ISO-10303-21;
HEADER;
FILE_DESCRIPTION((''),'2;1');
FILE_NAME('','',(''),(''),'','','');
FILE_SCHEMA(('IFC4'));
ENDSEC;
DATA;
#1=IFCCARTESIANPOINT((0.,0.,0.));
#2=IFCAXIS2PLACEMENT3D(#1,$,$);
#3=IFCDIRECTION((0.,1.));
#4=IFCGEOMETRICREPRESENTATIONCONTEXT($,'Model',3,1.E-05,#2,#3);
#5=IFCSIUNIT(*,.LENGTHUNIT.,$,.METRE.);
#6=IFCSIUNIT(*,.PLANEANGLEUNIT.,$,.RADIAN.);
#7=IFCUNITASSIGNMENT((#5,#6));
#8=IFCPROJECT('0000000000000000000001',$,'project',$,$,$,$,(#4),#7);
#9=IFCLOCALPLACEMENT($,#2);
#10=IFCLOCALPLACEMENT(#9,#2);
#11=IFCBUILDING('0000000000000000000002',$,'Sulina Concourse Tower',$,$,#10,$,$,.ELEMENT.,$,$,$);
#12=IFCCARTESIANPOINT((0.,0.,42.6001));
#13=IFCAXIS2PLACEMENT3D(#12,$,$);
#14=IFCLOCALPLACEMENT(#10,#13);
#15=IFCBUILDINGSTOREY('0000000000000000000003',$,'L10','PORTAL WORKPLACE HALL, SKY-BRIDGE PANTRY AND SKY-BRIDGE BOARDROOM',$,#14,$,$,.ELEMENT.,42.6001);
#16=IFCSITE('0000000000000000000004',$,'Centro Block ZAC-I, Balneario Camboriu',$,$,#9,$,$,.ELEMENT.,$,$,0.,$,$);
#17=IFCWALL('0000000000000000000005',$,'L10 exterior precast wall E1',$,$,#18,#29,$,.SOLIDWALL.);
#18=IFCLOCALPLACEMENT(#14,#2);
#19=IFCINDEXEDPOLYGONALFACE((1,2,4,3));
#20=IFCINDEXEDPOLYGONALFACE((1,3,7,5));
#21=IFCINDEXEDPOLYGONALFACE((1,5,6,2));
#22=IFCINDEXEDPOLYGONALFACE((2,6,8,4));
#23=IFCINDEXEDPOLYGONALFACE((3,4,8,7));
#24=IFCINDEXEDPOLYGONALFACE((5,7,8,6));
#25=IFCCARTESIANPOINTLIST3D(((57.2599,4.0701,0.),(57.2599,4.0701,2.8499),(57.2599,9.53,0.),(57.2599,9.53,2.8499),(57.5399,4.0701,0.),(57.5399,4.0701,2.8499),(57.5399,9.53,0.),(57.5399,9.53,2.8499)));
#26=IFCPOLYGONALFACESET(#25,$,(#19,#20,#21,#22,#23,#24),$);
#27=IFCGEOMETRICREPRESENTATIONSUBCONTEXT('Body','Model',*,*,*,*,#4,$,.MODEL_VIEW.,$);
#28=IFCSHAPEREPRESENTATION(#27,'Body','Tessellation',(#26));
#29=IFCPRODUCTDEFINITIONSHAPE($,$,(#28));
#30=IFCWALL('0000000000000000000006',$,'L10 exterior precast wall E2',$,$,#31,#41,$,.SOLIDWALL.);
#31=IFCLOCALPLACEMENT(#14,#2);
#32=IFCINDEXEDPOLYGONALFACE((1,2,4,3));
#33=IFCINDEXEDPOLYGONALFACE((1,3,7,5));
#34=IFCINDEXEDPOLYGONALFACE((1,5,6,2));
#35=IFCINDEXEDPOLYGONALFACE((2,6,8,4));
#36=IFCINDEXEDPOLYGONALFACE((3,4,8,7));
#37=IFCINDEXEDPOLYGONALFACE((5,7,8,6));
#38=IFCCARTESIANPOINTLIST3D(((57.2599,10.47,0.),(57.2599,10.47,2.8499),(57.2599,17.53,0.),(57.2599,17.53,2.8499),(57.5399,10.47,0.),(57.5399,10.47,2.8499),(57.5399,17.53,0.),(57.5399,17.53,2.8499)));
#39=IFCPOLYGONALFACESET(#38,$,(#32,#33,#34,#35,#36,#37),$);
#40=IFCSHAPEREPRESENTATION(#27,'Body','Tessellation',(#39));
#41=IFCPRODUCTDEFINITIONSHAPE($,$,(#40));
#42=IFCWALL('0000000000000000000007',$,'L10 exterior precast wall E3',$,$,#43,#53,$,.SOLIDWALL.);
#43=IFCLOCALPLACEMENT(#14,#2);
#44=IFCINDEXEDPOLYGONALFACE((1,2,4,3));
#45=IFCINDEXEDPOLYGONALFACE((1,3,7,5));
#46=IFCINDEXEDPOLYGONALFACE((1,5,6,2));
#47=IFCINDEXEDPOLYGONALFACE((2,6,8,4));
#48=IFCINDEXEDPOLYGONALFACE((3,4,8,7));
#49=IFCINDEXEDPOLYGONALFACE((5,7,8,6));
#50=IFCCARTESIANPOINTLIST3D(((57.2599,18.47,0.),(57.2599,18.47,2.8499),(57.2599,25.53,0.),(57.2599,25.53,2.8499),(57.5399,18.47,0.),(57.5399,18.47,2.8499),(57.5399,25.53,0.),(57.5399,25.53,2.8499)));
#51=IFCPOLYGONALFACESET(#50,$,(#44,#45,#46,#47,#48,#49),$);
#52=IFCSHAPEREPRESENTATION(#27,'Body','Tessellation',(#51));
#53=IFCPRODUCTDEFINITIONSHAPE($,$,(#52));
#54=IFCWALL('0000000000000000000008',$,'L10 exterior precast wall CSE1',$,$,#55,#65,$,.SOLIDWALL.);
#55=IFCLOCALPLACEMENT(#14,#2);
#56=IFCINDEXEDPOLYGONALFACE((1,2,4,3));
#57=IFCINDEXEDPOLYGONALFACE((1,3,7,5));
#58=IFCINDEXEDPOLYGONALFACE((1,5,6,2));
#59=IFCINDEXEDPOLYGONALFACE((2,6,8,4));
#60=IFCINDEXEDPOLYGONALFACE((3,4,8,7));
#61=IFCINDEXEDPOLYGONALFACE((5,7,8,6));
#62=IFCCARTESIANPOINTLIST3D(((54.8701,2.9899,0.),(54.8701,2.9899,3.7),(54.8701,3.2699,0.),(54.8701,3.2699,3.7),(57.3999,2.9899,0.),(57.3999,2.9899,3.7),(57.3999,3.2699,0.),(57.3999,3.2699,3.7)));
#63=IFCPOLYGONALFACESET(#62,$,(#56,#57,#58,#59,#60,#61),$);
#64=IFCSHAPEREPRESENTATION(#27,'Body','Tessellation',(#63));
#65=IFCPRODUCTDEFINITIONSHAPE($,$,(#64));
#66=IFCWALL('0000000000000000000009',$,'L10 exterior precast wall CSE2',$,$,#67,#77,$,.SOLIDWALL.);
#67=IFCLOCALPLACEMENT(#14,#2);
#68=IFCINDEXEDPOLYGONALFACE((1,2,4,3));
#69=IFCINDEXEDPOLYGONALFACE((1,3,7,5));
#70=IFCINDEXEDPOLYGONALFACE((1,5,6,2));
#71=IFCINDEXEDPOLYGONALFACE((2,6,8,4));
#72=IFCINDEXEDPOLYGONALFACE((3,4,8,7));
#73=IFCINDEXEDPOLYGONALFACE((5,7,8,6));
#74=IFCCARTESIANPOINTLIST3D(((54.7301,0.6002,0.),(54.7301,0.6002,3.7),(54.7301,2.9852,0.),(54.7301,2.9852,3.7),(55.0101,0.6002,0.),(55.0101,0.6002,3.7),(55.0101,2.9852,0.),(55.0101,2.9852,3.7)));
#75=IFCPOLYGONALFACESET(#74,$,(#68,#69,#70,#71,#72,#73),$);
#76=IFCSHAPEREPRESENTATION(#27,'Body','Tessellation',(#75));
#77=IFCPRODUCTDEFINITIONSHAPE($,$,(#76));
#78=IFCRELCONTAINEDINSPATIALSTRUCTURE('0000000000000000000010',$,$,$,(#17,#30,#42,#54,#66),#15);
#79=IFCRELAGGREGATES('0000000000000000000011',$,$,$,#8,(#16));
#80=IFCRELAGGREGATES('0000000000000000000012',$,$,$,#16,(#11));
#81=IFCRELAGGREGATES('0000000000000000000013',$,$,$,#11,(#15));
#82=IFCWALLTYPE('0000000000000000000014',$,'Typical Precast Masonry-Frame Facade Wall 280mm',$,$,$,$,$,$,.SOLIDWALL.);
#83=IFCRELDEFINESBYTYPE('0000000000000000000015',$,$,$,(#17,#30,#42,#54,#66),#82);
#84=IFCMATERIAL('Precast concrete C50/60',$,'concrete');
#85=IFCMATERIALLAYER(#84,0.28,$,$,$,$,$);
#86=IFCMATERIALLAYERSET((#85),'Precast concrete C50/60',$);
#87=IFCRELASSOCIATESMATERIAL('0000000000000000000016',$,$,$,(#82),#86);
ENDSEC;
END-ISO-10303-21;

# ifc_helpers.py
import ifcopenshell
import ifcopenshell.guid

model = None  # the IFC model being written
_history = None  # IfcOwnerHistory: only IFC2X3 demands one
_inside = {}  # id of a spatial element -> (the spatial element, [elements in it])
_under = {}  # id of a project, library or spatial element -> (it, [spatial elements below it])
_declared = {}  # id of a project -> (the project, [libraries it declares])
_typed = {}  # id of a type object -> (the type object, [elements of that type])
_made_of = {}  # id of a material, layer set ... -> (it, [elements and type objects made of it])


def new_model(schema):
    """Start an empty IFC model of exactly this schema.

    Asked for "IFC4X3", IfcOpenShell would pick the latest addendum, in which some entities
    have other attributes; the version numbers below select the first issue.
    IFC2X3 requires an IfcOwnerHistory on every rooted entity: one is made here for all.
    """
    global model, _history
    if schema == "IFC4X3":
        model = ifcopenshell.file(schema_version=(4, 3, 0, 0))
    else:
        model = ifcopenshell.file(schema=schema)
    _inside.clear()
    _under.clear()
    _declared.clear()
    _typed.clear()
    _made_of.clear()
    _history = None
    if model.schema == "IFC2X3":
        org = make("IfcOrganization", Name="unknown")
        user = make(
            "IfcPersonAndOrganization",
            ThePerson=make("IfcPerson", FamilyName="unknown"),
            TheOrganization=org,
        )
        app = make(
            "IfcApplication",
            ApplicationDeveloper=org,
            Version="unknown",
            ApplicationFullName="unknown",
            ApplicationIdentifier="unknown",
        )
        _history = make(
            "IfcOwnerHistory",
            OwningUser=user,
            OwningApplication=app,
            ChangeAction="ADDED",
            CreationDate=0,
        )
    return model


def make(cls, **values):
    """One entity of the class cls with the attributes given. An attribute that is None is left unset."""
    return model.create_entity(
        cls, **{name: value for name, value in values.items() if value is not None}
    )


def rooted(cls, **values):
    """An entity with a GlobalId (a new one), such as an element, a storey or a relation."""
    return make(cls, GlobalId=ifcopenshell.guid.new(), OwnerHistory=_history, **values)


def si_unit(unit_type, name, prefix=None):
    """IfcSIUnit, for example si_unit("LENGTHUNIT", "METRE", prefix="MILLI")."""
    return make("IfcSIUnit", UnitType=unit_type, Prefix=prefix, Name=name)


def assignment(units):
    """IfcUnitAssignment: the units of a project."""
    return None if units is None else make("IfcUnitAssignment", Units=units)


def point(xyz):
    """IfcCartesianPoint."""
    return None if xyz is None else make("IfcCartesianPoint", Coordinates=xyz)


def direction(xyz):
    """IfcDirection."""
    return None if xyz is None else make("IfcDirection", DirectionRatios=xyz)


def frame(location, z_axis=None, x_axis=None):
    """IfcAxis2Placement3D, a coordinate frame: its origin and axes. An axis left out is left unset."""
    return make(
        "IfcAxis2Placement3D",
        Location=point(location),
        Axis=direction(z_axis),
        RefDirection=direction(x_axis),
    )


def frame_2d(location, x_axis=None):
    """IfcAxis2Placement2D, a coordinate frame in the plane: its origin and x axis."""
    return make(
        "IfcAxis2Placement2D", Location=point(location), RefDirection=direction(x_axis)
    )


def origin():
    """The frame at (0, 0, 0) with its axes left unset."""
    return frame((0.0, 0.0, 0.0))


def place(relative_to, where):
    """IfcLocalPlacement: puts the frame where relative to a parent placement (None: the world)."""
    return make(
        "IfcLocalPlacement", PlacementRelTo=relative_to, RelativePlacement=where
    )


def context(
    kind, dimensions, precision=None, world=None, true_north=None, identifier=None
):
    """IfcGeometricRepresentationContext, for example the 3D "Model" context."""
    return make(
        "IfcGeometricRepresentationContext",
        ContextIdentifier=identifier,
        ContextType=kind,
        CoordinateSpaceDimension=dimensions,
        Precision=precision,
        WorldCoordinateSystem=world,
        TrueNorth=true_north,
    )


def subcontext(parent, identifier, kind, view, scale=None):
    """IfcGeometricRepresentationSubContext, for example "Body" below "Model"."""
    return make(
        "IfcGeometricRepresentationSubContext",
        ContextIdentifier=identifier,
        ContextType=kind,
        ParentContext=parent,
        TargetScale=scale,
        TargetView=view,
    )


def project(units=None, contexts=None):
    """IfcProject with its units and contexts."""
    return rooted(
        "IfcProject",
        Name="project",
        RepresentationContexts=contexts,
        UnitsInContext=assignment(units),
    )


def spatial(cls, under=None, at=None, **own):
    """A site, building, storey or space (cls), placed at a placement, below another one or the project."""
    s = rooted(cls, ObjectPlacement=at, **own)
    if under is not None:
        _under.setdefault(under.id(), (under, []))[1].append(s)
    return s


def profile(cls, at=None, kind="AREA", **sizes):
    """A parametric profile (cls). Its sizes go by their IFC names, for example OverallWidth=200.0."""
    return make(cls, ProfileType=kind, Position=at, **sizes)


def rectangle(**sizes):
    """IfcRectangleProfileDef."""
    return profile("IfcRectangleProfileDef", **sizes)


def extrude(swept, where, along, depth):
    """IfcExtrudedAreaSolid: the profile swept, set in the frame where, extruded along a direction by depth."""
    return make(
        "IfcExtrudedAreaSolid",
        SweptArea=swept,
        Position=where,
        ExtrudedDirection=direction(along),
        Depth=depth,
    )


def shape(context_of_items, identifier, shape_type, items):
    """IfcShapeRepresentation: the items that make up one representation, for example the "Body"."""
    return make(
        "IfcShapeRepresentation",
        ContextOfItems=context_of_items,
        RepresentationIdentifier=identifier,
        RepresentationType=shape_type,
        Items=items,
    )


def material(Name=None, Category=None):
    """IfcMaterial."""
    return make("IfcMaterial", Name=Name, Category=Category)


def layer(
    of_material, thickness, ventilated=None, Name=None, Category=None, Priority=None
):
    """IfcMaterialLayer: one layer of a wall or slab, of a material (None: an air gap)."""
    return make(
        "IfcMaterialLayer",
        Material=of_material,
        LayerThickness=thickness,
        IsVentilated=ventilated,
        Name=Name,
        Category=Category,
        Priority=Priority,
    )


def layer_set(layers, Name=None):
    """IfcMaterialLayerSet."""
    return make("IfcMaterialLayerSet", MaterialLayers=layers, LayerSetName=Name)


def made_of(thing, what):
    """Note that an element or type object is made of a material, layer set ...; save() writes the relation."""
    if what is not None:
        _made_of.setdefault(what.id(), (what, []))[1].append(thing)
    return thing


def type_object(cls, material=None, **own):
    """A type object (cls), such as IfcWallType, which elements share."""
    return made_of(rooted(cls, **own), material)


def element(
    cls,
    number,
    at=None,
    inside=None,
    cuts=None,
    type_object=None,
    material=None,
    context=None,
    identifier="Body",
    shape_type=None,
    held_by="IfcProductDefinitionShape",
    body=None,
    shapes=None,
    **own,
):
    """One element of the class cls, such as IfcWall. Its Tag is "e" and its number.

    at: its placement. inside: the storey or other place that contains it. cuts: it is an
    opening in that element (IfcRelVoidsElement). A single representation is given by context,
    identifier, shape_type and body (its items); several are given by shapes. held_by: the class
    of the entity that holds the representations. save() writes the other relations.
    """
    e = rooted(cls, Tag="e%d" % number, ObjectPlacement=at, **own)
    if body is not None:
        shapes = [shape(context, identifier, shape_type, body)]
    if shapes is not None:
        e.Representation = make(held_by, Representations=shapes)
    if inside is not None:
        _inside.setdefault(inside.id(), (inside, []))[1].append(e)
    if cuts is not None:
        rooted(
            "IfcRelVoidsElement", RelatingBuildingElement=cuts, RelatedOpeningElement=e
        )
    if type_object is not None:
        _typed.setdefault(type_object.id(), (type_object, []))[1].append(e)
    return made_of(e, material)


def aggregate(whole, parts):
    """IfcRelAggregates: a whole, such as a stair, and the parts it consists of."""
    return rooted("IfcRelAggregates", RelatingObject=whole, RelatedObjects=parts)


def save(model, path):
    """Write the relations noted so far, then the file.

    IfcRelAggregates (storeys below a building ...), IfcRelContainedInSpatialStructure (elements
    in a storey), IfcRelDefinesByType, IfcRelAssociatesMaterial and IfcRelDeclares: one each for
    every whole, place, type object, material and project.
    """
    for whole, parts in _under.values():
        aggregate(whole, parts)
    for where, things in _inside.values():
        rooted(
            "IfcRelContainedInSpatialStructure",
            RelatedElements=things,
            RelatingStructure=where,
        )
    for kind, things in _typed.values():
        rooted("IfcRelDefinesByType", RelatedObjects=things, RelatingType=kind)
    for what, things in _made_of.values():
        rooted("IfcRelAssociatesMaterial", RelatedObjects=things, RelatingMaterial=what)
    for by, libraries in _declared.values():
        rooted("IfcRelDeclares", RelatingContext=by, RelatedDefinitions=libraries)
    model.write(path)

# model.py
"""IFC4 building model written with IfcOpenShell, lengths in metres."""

from ifc_helpers import new_model, si_unit, direction, frame, frame_2d, origin, place, context, subcontext, project, spatial, rectangle, extrude, material, layer, layer_set, type_object, element, save


model = new_model("IFC4")

# Units and contexts
model_context = context("Model", 3, precision=1e-05, world=origin(), true_north=direction((0.0, 1.0)))
body_context = subcontext(model_context, "Body", "Model", "MODEL_VIEW")
ifc_project = project(units=[si_unit("LENGTHUNIT", "METRE"), si_unit("PLANEANGLEUNIT", "RADIAN")], contexts=[model_context])

# Site, building, storey
site_placement = place(None, origin())
site = spatial("IfcSite", under=ifc_project, at=site_placement, Name="Centro Block ZAC-I, Balneario Camboriu", CompositionType="ELEMENT", RefElevation=0.0)
building_placement = place(site_placement, origin())
building = spatial("IfcBuilding", under=site, at=building_placement, Name="Sulina Concourse Tower", CompositionType="ELEMENT")
storey_placement = place(building_placement, frame((0.0, 0.0, 42.6001)))
storey = spatial("IfcBuildingStorey", under=building, at=storey_placement, Name="L10", Description="PORTAL WORKPLACE HALL, SKY-BRIDGE PANTRY AND SKY-BRIDGE BOARDROOM", CompositionType="ELEMENT", Elevation=42.6001)

# Walls
ifc_material_1 = material(Name="Precast concrete C50/60", Category="concrete")
ifc_layer_1 = layer(ifc_material_1, 0.28)
ifc_layer_set_1 = layer_set([ifc_layer_1], Name="Precast concrete C50/60")
wall_type_1 = type_object("IfcWallType", Name="Typical Precast Masonry-Frame Facade Wall 280mm", PredefinedType="SOLIDWALL", material=ifc_layer_set_1)
wall_1_placement = place(storey_placement, frame((57.3999, 9.53, 0.0), z_axis=(0.0, 0.0, 1.0), x_axis=(0.0, -1.0, 0.0)))
element("IfcWall", 1, at=wall_1_placement, inside=storey, type_object=wall_type_1, Name="L10 exterior precast wall E1", PredefinedType="SOLIDWALL", context=body_context, shape_type="SweptSolid", body=[
    extrude(rectangle(XDim=5.46, YDim=0.28, at=frame_2d((2.73, 0.0))), origin(), (0.0, 0.0, 1.0), 2.8499),
])
for number, where, z_axis, x_axis, name in (
    (2, (57.3999, 17.53, 0.0), (0.0, 0.0, 1.0), (0.0, -1.0, 0.0), "L10 exterior precast wall E2"),
    (3, (57.3999, 25.53, 0.0), (0.0, 0.0, 1.0), (0.0, -1.0, 0.0), "L10 exterior precast wall E3"),
):
    element("IfcWall", number, at=place(storey_placement, frame(where, z_axis=z_axis, x_axis=x_axis)), inside=storey, type_object=wall_type_1, Name=name, PredefinedType="SOLIDWALL", context=body_context, shape_type="SweptSolid", body=[
        extrude(rectangle(XDim=7.0601, YDim=0.28, at=frame_2d((3.53, 0.0))), origin(), (0.0, 0.0, 1.0), 2.8499),
    ])
wall_2_placement = place(storey_placement, frame((57.3999, 3.1299, 0.0), z_axis=(0.0, 0.0, 1.0), x_axis=(-1.0, 0.0, 0.0)))
element("IfcWall", 4, at=wall_2_placement, inside=storey, type_object=wall_type_1, Name="L10 exterior precast wall CSE1", PredefinedType="SOLIDWALL", context=body_context, shape_type="SweptSolid", body=[
    extrude(rectangle(XDim=2.5298, YDim=0.28, at=frame_2d((1.2649, 0.0))), origin(), (0.0, 0.0, 1.0), 3.7),
])
wall_3_placement = place(storey_placement, frame((54.8701, 2.9851, 0.0), z_axis=(0.0, 0.0, 1.0), x_axis=(0.0, -1.0, 0.0)))
element("IfcWall", 5, at=wall_3_placement, inside=storey, type_object=wall_type_1, Name="L10 exterior precast wall CSE2", PredefinedType="SOLIDWALL", context=body_context, shape_type="SweptSolid", body=[
    extrude(rectangle(XDim=2.385, YDim=0.28, at=frame_2d((1.1924, 0.0))), origin(), (0.0, 0.0, 1.0), 3.7),
])

save(model, "model.ifc")
